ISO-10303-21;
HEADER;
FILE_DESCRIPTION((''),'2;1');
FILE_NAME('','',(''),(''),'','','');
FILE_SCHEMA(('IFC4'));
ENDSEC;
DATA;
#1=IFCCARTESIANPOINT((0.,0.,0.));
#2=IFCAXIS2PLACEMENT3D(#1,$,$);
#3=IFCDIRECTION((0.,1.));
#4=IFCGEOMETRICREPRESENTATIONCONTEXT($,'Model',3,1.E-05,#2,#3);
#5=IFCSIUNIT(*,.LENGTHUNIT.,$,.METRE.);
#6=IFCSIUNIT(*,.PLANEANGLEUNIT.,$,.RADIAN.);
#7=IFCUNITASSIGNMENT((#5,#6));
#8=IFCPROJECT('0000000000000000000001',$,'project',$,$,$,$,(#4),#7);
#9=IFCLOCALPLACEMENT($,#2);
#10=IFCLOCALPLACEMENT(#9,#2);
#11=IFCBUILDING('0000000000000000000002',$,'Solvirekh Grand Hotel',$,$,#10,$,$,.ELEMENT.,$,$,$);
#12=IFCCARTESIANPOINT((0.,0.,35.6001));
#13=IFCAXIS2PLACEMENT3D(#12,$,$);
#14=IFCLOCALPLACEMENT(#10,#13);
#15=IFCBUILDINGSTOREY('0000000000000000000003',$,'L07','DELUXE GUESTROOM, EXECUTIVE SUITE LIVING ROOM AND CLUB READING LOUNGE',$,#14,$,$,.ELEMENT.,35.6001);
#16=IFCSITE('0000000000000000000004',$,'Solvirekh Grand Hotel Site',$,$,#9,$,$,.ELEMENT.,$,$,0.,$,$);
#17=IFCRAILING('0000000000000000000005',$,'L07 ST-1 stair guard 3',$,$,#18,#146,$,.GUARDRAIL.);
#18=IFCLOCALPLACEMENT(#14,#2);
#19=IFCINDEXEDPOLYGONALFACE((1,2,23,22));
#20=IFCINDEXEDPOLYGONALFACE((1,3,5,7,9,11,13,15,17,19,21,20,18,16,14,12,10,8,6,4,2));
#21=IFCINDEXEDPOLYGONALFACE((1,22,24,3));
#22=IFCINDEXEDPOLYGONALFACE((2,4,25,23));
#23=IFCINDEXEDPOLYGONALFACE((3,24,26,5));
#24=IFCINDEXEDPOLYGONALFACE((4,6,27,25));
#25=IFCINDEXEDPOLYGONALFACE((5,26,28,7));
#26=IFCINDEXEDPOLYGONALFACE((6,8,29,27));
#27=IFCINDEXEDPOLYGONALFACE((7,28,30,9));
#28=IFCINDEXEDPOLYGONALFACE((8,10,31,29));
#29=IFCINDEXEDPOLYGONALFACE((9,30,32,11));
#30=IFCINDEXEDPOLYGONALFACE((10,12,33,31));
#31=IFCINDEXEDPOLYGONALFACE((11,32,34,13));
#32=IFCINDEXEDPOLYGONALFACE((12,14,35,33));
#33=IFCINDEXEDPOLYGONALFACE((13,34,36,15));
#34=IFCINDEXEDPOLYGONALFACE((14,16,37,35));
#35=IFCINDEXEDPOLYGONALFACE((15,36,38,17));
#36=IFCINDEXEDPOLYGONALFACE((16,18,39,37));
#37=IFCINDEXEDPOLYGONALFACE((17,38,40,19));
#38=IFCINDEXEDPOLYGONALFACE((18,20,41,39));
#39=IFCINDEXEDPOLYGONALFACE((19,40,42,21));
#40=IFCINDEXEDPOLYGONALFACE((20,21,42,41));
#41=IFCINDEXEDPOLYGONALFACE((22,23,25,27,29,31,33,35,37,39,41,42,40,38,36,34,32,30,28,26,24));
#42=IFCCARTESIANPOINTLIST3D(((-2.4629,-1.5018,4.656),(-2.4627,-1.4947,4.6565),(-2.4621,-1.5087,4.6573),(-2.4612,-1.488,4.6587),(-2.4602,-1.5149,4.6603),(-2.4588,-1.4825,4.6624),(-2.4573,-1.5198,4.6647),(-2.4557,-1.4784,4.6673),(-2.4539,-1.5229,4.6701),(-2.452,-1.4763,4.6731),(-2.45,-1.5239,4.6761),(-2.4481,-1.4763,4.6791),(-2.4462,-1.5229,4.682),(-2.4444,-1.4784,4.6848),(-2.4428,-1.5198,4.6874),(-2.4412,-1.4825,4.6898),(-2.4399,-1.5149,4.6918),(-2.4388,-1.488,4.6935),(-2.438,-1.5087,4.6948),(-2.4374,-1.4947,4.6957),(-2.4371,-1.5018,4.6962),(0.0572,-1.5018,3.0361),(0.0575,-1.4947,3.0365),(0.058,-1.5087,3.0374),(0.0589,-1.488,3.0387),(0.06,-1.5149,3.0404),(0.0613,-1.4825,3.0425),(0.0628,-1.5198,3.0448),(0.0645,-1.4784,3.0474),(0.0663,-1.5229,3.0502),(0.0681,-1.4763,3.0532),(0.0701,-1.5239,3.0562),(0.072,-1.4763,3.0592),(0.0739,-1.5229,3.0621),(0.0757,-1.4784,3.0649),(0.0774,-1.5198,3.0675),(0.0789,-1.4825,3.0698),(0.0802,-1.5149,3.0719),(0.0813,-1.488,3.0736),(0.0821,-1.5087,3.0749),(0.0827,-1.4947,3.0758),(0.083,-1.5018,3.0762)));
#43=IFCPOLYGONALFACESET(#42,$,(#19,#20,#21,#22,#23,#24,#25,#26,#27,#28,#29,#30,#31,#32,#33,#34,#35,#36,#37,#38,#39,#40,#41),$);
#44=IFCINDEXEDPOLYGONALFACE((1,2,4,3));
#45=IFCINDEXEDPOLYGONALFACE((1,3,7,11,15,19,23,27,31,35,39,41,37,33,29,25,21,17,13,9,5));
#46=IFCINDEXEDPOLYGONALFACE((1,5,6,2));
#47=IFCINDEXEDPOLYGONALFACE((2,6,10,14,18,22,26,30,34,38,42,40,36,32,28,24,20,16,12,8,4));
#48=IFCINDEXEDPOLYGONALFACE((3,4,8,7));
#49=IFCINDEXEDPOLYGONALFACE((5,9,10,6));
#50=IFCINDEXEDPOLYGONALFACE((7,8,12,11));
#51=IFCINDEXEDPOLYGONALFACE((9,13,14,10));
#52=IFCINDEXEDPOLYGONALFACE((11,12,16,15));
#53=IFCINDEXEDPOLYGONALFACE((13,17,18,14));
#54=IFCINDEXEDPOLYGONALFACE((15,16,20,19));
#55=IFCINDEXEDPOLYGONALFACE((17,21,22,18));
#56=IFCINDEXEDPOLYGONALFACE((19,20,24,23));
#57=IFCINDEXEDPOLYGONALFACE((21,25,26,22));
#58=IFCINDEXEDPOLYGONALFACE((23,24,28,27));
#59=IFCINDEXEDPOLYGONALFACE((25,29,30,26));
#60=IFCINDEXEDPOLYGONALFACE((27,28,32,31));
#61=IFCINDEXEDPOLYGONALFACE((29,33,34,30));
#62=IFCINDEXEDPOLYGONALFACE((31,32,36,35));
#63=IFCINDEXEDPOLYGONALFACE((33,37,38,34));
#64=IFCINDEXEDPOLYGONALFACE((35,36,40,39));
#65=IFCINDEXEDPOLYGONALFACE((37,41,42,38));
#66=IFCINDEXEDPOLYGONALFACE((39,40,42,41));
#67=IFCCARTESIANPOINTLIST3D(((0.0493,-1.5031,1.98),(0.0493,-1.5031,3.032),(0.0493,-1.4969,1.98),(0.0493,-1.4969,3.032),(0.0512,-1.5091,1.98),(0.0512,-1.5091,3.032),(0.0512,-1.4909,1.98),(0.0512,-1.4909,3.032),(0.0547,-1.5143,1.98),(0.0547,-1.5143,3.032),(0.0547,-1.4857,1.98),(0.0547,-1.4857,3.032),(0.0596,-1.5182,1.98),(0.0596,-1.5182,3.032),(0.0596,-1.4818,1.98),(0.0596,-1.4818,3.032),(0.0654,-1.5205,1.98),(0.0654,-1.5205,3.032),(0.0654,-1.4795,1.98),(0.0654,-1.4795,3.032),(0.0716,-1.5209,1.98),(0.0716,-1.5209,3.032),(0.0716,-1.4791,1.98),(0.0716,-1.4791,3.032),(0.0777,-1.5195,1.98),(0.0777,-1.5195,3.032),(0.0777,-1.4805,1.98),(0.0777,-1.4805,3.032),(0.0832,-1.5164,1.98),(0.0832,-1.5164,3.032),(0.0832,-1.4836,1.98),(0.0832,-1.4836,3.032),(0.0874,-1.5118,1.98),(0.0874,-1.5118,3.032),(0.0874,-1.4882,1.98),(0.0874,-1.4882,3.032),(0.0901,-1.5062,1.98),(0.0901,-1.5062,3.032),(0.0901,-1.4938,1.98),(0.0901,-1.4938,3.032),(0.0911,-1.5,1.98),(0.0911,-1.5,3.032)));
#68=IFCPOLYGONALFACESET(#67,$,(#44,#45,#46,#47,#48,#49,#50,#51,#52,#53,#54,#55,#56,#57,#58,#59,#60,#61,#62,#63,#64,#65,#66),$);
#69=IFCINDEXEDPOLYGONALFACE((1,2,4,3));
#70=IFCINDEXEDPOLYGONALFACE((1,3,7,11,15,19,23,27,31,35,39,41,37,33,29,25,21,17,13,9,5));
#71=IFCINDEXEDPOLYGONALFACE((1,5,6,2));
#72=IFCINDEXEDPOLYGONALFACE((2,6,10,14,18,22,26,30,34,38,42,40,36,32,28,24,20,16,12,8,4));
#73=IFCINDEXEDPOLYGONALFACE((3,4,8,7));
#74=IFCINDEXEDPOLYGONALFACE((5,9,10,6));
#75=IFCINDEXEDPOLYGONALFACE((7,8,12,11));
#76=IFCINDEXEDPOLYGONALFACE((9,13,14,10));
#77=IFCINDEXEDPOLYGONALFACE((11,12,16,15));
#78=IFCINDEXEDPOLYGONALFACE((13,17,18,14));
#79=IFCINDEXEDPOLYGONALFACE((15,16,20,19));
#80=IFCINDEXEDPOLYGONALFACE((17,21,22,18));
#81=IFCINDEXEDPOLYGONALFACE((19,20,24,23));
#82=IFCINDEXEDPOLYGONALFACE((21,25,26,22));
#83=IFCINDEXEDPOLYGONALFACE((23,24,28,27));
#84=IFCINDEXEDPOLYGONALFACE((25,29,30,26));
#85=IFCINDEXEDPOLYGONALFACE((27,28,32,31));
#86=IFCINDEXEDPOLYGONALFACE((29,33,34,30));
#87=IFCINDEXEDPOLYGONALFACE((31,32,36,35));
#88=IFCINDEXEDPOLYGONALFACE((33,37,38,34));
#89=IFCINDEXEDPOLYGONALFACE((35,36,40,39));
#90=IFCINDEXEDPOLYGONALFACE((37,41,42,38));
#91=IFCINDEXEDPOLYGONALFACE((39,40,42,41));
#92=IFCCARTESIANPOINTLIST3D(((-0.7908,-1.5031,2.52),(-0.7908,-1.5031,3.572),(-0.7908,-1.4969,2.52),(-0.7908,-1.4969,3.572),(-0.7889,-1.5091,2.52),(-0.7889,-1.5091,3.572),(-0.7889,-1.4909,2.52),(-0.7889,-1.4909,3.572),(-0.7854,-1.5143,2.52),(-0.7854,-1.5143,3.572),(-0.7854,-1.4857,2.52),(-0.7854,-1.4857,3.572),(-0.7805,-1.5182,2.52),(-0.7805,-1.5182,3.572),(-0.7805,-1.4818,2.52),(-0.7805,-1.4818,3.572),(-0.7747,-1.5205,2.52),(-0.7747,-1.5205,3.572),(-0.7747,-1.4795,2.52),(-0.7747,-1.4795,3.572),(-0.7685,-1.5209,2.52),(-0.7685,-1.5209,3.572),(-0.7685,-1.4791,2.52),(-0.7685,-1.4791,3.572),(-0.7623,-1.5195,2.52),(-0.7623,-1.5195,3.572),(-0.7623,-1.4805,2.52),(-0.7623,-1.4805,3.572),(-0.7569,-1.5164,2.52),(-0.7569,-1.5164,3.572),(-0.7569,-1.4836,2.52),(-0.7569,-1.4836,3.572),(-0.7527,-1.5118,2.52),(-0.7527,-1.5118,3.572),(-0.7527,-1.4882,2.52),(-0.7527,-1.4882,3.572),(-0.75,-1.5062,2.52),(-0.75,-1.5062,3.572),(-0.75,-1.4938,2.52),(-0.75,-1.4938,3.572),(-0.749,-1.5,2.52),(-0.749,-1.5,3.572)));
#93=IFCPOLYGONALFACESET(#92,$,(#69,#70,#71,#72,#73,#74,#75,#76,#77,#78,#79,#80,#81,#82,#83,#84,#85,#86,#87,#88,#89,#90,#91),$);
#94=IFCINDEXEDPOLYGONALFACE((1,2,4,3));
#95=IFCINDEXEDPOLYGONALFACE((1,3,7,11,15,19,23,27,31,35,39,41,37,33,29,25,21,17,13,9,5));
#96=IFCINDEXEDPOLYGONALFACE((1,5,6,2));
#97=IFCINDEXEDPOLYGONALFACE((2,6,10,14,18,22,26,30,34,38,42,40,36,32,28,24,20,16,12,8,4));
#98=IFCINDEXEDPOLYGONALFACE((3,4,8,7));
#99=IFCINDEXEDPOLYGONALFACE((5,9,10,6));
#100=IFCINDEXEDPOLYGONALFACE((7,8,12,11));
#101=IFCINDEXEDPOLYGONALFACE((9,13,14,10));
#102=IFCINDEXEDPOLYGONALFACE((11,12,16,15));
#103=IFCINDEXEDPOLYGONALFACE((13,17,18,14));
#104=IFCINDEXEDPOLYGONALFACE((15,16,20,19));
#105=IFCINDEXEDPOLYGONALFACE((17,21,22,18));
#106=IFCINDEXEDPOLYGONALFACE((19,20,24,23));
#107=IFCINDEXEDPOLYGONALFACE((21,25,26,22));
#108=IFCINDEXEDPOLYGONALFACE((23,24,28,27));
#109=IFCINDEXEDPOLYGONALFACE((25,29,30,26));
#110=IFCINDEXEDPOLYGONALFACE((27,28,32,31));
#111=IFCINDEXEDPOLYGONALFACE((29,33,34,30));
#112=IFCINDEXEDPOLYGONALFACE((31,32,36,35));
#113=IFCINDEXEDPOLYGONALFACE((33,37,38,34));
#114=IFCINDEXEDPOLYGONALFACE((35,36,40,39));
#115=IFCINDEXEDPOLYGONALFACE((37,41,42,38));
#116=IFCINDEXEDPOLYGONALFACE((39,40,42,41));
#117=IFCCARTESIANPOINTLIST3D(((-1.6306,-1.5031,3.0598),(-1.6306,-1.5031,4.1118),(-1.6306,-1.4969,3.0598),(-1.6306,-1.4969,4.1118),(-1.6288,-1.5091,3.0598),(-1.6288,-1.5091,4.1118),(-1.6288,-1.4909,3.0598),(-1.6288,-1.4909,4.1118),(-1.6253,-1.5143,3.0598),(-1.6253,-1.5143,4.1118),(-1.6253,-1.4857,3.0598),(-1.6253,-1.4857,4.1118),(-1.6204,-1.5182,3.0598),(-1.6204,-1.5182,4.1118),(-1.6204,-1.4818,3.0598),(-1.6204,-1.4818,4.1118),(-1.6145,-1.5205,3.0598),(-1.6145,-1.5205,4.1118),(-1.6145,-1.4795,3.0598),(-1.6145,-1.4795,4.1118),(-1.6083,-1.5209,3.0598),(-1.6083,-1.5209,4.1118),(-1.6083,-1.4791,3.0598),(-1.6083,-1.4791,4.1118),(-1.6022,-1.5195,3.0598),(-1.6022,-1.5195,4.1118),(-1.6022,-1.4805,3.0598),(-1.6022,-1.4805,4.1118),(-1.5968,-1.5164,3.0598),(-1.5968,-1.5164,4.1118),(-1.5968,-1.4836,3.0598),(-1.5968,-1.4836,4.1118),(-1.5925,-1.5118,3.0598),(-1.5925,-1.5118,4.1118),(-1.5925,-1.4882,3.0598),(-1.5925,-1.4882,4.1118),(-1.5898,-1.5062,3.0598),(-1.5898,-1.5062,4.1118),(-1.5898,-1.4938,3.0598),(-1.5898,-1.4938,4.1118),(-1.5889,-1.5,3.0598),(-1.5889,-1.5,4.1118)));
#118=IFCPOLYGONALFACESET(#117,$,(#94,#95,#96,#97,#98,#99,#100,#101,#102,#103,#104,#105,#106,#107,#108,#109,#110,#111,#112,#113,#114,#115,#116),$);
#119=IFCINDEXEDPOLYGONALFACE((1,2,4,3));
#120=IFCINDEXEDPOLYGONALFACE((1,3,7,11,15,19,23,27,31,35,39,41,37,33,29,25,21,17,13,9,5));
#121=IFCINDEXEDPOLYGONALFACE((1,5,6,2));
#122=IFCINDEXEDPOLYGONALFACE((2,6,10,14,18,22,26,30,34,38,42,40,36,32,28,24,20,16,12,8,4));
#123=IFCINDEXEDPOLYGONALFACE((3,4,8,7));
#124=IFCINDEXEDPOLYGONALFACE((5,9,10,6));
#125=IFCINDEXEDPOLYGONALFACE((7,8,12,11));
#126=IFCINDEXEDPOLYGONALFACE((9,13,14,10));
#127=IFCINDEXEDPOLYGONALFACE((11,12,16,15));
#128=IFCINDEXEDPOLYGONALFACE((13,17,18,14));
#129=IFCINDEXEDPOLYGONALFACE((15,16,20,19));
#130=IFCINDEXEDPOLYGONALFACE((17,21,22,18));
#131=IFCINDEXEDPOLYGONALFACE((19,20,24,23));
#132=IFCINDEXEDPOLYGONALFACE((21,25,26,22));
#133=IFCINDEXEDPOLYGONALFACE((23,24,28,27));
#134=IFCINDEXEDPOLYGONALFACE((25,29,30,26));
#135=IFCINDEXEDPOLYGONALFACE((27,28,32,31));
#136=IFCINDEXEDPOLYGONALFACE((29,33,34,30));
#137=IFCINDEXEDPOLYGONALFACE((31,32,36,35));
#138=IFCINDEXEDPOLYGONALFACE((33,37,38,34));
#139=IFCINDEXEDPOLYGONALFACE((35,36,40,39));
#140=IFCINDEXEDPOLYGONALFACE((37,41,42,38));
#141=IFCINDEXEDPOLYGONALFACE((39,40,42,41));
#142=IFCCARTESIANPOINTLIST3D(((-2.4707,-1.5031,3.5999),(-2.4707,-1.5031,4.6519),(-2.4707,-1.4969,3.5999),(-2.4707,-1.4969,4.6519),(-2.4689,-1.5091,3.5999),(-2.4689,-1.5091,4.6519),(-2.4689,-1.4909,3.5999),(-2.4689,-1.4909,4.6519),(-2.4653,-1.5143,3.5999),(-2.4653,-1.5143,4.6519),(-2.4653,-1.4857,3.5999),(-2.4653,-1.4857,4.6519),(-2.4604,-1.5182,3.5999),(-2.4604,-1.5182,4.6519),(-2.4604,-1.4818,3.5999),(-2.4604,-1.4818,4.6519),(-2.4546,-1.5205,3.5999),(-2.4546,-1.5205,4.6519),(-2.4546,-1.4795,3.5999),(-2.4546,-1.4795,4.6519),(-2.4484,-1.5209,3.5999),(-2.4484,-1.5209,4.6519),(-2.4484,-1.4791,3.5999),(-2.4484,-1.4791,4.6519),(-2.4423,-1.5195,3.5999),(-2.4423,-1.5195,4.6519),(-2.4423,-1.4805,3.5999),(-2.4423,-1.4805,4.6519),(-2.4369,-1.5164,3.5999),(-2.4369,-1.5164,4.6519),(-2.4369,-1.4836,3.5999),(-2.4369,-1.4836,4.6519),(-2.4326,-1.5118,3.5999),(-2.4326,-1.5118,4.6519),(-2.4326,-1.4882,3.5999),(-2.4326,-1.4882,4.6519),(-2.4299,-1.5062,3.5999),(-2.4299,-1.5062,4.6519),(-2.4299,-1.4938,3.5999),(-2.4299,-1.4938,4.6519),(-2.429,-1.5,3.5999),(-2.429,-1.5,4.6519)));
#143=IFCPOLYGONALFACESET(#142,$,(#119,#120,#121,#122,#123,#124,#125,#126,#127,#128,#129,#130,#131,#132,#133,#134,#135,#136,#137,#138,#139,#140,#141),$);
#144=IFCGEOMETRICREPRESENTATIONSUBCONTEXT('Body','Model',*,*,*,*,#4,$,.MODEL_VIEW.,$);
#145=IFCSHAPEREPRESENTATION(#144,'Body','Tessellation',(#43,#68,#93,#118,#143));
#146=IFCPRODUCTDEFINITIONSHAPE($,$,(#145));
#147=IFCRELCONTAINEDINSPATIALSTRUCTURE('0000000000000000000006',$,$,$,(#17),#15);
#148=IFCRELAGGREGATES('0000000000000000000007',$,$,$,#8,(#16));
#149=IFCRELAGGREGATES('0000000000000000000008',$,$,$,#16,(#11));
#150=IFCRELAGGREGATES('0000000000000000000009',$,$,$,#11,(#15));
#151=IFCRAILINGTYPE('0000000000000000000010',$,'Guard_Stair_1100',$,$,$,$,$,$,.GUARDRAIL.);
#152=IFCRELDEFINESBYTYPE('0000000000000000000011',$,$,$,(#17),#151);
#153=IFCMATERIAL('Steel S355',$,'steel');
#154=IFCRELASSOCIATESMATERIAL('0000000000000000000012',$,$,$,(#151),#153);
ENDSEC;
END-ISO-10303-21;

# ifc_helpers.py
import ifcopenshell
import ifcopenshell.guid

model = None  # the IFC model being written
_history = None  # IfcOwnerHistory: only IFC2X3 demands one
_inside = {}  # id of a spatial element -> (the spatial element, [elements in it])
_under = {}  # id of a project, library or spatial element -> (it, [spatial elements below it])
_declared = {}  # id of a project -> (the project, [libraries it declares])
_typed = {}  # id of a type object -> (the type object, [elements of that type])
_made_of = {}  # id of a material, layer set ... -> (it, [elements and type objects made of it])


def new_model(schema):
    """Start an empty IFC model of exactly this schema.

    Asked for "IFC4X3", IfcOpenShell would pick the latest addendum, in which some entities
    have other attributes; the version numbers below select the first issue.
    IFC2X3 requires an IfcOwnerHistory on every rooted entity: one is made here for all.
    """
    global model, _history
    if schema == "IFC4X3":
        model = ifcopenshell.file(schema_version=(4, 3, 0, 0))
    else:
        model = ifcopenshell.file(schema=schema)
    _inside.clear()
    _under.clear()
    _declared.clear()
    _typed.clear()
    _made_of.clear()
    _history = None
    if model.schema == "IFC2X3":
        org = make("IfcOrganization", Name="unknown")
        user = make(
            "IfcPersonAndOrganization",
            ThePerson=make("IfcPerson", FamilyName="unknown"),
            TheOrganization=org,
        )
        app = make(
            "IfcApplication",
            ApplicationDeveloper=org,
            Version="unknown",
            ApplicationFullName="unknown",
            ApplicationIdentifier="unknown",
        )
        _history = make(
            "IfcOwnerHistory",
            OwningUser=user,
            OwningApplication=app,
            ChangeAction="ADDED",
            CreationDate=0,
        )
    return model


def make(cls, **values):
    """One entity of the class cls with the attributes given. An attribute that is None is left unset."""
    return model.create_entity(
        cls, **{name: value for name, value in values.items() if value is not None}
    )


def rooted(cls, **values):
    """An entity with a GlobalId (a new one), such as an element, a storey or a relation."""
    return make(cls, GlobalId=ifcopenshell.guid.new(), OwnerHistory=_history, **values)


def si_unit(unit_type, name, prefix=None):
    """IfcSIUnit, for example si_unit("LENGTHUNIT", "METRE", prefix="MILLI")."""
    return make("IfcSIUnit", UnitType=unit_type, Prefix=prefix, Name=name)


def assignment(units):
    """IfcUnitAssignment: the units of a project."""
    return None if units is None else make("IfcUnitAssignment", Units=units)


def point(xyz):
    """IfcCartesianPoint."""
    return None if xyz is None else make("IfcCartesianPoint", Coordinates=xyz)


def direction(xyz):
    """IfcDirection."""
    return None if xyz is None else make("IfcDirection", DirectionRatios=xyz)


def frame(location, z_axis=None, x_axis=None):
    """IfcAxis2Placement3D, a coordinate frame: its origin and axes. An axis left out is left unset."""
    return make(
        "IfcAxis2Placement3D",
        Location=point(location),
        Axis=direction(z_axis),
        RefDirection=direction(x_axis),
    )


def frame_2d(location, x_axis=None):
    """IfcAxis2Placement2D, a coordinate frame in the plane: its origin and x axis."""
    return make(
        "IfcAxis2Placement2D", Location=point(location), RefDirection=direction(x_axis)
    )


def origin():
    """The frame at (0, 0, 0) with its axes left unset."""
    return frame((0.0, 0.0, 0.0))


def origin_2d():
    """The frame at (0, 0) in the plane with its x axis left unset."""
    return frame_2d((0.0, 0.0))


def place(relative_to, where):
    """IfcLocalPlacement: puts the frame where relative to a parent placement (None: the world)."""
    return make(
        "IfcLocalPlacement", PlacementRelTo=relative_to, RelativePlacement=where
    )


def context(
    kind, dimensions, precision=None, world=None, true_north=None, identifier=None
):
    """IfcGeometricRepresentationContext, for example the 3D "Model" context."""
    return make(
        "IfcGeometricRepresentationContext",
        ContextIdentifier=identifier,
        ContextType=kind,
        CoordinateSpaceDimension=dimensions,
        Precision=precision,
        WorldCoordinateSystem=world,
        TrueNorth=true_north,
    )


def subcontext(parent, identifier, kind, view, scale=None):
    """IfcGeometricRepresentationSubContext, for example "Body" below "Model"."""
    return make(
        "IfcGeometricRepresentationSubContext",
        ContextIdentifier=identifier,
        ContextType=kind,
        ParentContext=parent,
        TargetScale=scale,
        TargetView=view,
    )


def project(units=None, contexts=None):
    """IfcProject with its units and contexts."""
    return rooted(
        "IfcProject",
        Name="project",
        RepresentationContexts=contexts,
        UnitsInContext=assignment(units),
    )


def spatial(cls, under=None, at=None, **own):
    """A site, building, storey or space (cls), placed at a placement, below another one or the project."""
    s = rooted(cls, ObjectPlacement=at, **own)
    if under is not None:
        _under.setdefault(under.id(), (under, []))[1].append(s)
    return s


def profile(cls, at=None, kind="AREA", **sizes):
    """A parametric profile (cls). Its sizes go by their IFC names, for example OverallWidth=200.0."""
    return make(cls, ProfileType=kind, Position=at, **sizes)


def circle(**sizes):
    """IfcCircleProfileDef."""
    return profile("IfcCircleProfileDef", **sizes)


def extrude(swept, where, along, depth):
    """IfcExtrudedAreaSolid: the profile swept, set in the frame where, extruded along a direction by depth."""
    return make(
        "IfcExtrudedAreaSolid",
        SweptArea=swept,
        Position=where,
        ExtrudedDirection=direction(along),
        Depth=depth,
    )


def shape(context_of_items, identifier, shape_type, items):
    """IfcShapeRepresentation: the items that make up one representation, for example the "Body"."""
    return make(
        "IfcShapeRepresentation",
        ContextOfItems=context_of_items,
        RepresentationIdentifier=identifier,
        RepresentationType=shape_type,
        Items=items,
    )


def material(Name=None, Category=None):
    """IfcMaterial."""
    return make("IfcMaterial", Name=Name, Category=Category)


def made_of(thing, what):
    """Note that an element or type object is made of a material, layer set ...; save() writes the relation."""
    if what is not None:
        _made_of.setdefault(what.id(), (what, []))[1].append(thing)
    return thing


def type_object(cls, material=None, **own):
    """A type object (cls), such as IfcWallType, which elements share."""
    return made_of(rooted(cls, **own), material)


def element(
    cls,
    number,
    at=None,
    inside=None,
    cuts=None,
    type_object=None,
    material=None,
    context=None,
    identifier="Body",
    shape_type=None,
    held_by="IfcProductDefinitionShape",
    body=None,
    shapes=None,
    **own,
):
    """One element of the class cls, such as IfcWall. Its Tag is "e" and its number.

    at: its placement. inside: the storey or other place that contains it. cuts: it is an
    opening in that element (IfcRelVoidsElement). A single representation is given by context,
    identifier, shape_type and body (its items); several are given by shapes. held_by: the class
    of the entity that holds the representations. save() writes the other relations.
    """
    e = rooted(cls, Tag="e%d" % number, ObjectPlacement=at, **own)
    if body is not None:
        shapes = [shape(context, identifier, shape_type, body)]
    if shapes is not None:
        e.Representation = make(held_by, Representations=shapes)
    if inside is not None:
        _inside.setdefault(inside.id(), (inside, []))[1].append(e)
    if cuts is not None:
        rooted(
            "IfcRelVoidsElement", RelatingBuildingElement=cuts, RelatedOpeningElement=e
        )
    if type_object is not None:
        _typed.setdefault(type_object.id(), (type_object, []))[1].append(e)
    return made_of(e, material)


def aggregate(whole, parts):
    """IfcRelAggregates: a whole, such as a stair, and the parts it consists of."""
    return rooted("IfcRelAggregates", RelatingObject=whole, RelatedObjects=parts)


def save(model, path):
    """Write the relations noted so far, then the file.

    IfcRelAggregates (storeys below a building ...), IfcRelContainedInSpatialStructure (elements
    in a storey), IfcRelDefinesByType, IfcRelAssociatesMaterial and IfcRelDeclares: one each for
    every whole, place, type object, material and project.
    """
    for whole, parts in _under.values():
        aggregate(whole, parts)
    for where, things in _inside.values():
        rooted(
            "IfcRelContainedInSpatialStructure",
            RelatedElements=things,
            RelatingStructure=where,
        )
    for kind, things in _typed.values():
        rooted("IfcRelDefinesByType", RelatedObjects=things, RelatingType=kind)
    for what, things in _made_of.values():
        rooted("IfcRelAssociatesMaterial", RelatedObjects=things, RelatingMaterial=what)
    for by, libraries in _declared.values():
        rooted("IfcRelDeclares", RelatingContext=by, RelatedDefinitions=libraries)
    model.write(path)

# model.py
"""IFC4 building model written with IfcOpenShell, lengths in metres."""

from ifc_helpers import new_model, si_unit, direction, frame, origin, origin_2d, place, context, subcontext, project, spatial, circle, extrude, material, type_object, element, save


model = new_model("IFC4")

# Units and contexts
model_context = context("Model", 3, precision=1e-05, world=origin(), true_north=direction((0.0, 1.0)))
body_context = subcontext(model_context, "Body", "Model", "MODEL_VIEW")
ifc_project = project(units=[si_unit("LENGTHUNIT", "METRE"), si_unit("PLANEANGLEUNIT", "RADIAN")], contexts=[model_context])

# Site, building, storey
site_placement = place(None, origin())
site = spatial("IfcSite", under=ifc_project, at=site_placement, Name="Solvirekh Grand Hotel Site", CompositionType="ELEMENT", RefElevation=0.0)
building_placement = place(site_placement, origin())
building = spatial("IfcBuilding", under=site, at=building_placement, Name="Solvirekh Grand Hotel", CompositionType="ELEMENT")
storey_placement = place(building_placement, frame((0.0, 0.0, 35.6001)))
storey = spatial("IfcBuildingStorey", under=building, at=storey_placement, Name="L07", Description="DELUXE GUESTROOM, EXECUTIVE SUITE LIVING ROOM AND CLUB READING LOUNGE", CompositionType="ELEMENT", Elevation=35.6001)

# Railing
ifc_material_1 = material(Name="Steel S355", Category="steel")
railing_type_1 = type_object("IfcRailingType", Name="Guard_Stair_1100", PredefinedType="GUARDRAIL", material=ifc_material_1)
railing_1_placement = place(storey_placement, frame((0.0701, -1.5, 1.98)))
element("IfcRailing", 1, at=railing_1_placement, inside=storey, type_object=railing_type_1, Name="L07 ST-1 stair guard 3", PredefinedType="GUARDRAIL", context=body_context, shape_type="SweptSolid", body=[
    extrude(circle(Radius=0.0239, at=origin_2d()), frame((0.0, 0.0, 1.0762), z_axis=(-0.8412, 0.0, 0.540725), x_axis=(0.0, -1.0, 0.0)), (0.0, 0.0, 1.0), 2.9958),
    extrude(circle(Radius=0.021, at=origin_2d()), origin(), (0.0, 0.0, 1.0), 1.052),
    extrude(circle(Radius=0.021, at=origin_2d()), frame((-0.8401, 0.0, 0.54)), (0.0, 0.0, 1.0), 1.052),
    extrude(circle(Radius=0.021, at=origin_2d()), frame((-1.6799, 0.0, 1.0798)), (0.0, 0.0, 1.0), 1.052),
    extrude(circle(Radius=0.021, at=origin_2d()), frame((-2.52, 0.0, 1.6199)), (0.0, 0.0, 1.0), 1.052),
])

save(model, "model.ifc")
